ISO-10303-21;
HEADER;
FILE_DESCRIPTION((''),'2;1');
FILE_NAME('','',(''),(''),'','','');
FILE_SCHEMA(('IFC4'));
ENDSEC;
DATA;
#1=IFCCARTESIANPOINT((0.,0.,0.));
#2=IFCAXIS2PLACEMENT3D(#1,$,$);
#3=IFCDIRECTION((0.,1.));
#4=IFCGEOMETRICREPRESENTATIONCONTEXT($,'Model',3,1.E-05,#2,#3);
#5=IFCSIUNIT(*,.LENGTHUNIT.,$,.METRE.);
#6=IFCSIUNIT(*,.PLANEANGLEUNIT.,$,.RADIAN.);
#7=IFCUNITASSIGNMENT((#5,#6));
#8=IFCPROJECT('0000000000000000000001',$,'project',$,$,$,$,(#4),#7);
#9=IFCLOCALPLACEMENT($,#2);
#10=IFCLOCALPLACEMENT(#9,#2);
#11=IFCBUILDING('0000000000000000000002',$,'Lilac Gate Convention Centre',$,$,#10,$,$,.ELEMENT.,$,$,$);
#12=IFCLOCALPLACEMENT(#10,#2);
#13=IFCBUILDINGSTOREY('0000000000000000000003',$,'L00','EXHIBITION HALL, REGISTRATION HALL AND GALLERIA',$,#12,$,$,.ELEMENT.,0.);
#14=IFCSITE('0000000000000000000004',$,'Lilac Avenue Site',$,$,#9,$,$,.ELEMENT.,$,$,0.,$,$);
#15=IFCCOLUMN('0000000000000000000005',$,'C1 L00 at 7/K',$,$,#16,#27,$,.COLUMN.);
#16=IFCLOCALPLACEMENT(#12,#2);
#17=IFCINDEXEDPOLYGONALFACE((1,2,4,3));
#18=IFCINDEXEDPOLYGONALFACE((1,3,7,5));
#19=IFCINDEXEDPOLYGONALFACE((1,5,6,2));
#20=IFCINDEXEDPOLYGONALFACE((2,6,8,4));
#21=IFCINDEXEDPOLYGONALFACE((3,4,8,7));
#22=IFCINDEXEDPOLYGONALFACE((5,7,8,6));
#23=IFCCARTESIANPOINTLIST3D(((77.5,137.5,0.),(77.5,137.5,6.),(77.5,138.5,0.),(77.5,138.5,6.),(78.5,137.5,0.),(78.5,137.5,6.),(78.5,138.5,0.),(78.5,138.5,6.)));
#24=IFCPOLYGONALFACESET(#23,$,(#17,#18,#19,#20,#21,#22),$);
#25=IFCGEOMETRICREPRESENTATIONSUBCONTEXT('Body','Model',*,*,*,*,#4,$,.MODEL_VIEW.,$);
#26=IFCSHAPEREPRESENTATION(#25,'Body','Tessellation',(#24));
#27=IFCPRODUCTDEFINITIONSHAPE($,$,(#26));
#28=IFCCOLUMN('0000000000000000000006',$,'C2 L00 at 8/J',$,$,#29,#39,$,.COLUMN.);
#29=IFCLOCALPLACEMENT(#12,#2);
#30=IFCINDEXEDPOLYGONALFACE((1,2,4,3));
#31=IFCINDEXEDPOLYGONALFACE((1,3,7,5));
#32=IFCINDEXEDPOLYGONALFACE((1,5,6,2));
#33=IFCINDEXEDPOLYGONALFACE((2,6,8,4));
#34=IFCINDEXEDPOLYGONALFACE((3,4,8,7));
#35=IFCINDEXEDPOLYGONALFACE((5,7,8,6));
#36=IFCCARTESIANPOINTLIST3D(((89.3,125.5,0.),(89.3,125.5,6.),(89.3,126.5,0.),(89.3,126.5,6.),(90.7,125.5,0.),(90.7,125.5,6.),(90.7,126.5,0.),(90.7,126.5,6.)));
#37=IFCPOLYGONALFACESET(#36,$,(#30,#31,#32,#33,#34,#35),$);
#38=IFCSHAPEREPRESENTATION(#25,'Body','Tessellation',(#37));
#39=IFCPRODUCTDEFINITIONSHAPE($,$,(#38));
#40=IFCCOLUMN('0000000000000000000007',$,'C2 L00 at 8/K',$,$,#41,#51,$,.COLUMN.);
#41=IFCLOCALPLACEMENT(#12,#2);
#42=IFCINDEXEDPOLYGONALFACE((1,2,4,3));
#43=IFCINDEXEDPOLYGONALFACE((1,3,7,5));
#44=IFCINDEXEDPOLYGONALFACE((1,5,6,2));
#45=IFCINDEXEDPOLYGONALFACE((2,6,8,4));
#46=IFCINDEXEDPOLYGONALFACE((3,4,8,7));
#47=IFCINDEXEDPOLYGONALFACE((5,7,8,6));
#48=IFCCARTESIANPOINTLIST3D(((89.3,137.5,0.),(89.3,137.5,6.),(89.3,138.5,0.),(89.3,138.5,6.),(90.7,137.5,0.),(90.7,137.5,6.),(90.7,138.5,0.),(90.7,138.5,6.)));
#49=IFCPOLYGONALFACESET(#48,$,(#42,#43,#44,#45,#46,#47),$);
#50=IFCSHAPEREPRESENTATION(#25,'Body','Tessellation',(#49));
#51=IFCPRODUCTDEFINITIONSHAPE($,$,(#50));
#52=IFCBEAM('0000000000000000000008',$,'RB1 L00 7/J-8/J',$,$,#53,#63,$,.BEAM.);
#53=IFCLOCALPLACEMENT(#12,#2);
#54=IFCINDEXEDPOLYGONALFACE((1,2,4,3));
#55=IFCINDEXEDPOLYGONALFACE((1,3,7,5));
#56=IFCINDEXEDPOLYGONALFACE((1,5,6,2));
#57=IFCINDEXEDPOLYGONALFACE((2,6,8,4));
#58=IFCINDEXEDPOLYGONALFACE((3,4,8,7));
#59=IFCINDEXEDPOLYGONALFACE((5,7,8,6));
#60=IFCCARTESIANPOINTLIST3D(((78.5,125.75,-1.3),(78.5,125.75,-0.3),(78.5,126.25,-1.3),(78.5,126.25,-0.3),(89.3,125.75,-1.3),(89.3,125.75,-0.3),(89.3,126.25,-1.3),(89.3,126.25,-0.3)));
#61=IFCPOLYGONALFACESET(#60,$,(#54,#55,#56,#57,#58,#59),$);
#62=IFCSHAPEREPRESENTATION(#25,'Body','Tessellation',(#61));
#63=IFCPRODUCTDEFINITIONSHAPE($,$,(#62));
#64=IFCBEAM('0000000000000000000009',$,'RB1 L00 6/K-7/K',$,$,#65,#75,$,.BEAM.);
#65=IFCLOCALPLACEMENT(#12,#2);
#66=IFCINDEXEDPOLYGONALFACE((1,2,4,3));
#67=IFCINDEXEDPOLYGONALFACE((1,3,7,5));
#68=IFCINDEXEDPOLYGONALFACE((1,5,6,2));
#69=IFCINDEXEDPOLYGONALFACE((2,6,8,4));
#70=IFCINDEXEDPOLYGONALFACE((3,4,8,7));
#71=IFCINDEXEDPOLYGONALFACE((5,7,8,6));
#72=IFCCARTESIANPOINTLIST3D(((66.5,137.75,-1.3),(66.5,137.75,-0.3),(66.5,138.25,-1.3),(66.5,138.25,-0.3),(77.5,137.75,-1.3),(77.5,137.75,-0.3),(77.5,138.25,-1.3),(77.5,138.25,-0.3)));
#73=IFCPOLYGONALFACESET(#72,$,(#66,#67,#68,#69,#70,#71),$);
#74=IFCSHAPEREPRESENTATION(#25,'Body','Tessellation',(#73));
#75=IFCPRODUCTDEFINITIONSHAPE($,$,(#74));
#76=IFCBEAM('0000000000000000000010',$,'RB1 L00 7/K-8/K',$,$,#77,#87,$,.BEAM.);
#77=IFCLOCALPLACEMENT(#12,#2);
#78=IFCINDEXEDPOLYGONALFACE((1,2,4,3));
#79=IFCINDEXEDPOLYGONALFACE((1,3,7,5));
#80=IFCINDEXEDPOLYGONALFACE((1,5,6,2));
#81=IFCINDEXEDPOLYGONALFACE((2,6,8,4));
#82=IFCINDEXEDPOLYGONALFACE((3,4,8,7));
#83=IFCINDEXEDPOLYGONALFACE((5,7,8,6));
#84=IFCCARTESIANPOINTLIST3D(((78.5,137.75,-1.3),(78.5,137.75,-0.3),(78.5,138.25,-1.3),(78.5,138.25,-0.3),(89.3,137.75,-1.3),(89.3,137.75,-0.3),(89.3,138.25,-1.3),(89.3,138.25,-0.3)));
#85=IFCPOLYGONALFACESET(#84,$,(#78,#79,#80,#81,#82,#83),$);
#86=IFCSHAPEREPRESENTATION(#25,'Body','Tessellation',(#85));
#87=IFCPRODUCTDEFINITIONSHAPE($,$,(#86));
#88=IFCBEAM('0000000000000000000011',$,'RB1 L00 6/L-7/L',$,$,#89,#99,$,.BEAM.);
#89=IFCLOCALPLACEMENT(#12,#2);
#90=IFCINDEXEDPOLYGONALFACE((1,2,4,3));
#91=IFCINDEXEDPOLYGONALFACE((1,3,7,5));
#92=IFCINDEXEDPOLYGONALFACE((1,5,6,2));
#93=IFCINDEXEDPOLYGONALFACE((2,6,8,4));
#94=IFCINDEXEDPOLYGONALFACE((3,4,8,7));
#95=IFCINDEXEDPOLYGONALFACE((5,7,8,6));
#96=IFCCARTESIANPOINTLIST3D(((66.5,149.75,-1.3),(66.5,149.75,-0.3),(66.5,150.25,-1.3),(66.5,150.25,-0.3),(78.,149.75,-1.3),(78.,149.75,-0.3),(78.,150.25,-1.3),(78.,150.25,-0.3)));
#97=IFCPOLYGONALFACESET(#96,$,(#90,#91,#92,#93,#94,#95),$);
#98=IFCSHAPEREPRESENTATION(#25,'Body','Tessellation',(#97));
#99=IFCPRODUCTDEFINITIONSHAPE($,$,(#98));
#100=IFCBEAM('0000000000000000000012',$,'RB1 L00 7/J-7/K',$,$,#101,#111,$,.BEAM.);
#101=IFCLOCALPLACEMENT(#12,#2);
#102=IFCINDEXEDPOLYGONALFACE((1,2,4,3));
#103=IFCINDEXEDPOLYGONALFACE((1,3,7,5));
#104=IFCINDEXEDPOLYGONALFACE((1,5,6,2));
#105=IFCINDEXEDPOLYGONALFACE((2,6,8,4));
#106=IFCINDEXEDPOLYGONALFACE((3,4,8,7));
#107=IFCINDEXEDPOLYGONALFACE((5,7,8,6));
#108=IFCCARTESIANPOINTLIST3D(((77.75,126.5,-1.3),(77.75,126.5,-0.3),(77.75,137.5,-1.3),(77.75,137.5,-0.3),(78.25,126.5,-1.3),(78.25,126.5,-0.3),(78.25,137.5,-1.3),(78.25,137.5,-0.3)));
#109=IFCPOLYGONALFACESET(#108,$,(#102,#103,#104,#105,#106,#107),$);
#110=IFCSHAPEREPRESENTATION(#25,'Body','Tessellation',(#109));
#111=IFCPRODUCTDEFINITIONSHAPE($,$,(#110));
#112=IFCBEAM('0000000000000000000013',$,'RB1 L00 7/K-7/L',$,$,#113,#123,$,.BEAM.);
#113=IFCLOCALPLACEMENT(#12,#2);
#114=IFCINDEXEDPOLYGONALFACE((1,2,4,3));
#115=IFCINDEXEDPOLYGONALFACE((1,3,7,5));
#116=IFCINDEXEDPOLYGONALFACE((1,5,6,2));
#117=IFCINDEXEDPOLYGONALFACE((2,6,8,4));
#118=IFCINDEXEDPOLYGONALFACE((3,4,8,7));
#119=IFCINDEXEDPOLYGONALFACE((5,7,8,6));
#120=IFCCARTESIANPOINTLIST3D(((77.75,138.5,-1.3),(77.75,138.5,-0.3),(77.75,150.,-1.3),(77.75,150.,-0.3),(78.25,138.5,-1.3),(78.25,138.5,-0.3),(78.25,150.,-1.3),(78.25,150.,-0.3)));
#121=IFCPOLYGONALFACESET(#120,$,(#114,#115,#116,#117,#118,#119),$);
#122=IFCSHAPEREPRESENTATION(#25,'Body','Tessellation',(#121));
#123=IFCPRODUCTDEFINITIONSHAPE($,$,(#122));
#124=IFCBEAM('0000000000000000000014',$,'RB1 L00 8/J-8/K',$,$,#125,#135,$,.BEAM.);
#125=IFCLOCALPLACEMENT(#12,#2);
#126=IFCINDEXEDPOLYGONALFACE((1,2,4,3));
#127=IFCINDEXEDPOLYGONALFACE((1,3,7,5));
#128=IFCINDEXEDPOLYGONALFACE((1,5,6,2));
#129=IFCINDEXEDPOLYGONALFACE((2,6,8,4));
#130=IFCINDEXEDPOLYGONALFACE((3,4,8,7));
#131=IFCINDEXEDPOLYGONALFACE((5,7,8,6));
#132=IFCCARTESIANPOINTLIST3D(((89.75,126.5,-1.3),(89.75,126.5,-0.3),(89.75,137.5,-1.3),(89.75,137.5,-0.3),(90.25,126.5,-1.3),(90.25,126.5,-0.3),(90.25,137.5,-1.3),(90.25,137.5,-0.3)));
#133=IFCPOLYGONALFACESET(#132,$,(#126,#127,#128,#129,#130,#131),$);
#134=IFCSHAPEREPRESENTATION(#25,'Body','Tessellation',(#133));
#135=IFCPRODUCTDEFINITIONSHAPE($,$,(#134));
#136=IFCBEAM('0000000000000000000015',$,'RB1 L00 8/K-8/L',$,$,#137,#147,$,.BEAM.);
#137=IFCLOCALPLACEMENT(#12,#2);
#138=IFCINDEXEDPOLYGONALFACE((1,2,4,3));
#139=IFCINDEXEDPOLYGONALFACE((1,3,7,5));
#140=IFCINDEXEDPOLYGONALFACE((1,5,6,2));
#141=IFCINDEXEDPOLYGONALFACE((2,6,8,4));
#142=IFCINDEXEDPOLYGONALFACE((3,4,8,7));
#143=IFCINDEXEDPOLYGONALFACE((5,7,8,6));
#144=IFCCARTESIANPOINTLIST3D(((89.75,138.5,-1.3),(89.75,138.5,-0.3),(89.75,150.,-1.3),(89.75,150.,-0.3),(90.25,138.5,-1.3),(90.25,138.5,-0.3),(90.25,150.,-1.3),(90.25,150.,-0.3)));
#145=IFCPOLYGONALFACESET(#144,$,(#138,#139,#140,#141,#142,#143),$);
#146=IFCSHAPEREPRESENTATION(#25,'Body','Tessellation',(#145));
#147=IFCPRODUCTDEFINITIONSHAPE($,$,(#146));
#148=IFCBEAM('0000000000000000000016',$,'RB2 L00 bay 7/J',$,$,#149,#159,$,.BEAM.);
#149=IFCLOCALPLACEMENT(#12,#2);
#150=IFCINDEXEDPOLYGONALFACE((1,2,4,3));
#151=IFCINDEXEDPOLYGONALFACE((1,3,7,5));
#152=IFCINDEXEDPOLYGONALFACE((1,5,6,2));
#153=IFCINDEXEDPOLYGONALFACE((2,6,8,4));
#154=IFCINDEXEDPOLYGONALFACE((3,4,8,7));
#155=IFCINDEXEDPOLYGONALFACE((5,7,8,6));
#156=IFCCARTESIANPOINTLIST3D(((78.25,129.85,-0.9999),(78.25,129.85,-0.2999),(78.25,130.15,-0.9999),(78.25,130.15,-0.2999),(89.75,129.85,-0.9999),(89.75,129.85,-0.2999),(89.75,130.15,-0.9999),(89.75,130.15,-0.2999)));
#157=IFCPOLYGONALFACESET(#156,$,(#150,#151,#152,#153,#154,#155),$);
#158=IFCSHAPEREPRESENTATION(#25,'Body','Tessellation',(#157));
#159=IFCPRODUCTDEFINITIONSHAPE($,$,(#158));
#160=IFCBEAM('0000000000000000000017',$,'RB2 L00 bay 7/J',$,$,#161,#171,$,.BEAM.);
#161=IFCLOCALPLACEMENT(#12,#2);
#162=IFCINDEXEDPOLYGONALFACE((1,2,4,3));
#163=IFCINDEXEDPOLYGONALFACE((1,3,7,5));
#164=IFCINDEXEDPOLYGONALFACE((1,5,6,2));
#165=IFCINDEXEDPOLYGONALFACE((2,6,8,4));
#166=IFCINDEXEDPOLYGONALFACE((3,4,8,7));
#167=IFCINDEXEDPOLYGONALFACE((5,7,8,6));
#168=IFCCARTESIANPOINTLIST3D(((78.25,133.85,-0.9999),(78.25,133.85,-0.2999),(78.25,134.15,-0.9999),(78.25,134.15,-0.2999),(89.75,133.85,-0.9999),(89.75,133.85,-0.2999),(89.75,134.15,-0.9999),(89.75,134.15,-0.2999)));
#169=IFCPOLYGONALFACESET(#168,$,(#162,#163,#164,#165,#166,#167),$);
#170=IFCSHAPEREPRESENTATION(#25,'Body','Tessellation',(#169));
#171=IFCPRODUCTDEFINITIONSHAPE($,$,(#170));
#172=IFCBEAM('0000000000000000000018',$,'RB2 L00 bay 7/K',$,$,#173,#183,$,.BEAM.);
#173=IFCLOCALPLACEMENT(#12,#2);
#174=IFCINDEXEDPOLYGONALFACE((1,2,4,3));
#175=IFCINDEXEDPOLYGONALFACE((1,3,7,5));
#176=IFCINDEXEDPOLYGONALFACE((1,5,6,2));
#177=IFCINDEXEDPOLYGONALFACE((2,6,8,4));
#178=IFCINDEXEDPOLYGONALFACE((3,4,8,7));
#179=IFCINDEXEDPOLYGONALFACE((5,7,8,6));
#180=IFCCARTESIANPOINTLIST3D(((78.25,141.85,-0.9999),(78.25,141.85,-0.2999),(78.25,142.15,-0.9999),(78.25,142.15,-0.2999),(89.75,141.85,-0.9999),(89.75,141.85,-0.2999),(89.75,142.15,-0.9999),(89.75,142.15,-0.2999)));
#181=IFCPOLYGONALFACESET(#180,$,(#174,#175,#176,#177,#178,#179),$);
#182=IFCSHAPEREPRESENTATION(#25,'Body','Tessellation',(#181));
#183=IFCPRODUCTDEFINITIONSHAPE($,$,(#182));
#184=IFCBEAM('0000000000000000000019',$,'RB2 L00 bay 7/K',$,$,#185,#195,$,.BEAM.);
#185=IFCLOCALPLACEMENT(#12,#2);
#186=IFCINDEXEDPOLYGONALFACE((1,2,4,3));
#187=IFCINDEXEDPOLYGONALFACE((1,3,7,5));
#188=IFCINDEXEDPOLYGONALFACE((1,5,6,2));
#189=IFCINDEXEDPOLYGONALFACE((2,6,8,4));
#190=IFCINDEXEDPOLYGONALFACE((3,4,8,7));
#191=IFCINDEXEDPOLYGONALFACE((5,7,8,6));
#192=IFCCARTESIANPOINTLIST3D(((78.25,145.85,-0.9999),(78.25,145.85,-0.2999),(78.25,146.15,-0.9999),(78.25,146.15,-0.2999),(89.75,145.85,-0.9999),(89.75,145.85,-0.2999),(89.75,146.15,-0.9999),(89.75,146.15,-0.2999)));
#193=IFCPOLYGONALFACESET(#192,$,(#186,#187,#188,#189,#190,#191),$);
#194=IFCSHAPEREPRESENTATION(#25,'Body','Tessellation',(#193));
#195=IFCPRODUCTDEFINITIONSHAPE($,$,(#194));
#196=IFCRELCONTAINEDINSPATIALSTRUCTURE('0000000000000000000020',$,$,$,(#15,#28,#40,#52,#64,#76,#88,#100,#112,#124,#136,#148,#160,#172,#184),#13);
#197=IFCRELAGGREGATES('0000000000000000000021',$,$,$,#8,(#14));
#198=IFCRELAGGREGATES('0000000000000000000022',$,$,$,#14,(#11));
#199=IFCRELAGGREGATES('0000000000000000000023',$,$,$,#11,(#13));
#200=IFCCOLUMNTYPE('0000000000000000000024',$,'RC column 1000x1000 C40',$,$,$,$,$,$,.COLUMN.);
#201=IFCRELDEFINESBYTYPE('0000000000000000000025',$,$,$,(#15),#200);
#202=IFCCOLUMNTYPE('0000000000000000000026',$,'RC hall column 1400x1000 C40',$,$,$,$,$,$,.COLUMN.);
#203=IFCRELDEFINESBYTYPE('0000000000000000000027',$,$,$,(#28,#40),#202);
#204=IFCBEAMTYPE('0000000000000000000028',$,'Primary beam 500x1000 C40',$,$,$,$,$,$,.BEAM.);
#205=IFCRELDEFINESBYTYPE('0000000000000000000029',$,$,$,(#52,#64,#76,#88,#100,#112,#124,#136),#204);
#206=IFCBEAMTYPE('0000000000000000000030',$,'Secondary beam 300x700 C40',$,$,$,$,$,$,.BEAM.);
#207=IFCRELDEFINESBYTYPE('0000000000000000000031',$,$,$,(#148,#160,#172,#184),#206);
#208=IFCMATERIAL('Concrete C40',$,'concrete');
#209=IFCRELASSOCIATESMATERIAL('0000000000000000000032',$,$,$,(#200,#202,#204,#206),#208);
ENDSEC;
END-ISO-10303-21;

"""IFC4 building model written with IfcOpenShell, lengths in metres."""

from ifc_helpers import new_model, si_unit, direction, frame, origin, origin_2d, place, context, subcontext, project, spatial, rectangle, extrude, material, material_profile, profile_set, type_object, element, save


model = new_model("IFC4")

# Units and contexts
model_context = context("Model", 3, precision=1e-05, world=origin(), true_north=direction((0.0, 1.0)))
body_context = subcontext(model_context, "Body", "Model", "MODEL_VIEW")
ifc_project = project(units=[si_unit("LENGTHUNIT", "METRE"), si_unit("PLANEANGLEUNIT", "RADIAN")], contexts=[model_context])

# Site, building, storey
site_placement = place(None, origin())
site = spatial("IfcSite", under=ifc_project, at=site_placement, Name="Lilac Avenue Site", CompositionType="ELEMENT", RefElevation=0.0)
building_placement = place(site_placement, origin())
building = spatial("IfcBuilding", under=site, at=building_placement, Name="Lilac Gate Convention Centre", CompositionType="ELEMENT")
storey_placement = place(building_placement, origin())
storey = spatial("IfcBuildingStorey", under=building, at=storey_placement, Name="L00", Description="EXHIBITION HALL, REGISTRATION HALL AND GALLERIA", CompositionType="ELEMENT", Elevation=0.0)

# Columns
ifc_material_1 = material(Name="Concrete C40", Category="concrete")
ifc_material_profile_1 = material_profile(ifc_material_1, rectangle(XDim=1.0, YDim=1.0, at=origin_2d()), Name="RC 1000x1000")
ifc_profile_set_1 = profile_set([ifc_material_profile_1], Name="Concrete C40")
column_type_1 = type_object("IfcColumnType", Name="RC column 1000x1000 C40", PredefinedType="COLUMN", material=ifc_profile_set_1)
column_placement = place(storey_placement, frame((78.0, 138.0, 0.0), z_axis=(0.0, 0.0, 1.0), x_axis=(1.0, 0.0, 0.0)))
element("IfcColumn", 1, at=column_placement, inside=storey, type_object=column_type_1, Name="C1 L00 at 7/K", PredefinedType="COLUMN", context=body_context, shape_type="SweptSolid", body=[
    extrude(rectangle(XDim=1.0, YDim=1.0, at=origin_2d()), origin(), (0.0, 0.0, 1.0), 6.0),
])
ifc_material_profile_2 = material_profile(ifc_material_1, rectangle(XDim=1.3999, YDim=1.0, at=origin_2d()), Name="RC 1400x1000")
ifc_profile_set_2 = profile_set([ifc_material_profile_2], Name="Concrete C40")
column_type_2 = type_object("IfcColumnType", Name="RC hall column 1400x1000 C40", PredefinedType="COLUMN", material=ifc_profile_set_2)
for number, where, z_axis, x_axis, name in (
    (2, (90.0, 126.0, 0.0), (0.0, 0.0, 1.0), (1.0, 0.0, 0.0), "C2 L00 at 8/J"),
    (3, (90.0, 138.0, 0.0), (0.0, 0.0, 1.0), (1.0, 0.0, 0.0), "C2 L00 at 8/K"),
):
    element("IfcColumn", number, at=place(storey_placement, frame(where, z_axis=z_axis, x_axis=x_axis)), inside=storey, type_object=column_type_2, Name=name, PredefinedType="COLUMN", context=body_context, shape_type="SweptSolid", body=[
        extrude(rectangle(XDim=1.3999, YDim=1.0, at=origin_2d()), origin(), (0.0, 0.0, 1.0), 6.0),
    ])

# Beams
ifc_material_profile_3 = material_profile(ifc_material_1, rectangle(XDim=0.5, YDim=1.0, at=origin_2d()), Name="RC 500x1000")
ifc_profile_set_3 = profile_set([ifc_material_profile_3], Name="Concrete C40")
beam_type_1 = type_object("IfcBeamType", Name="Primary beam 500x1000 C40", PredefinedType="BEAM", material=ifc_profile_set_3)
beam_1_placement = place(storey_placement, frame((78.5, 126.0, -0.8), z_axis=(1.0, 0.0, 0.0), x_axis=(0.0, 1.0, 0.0)))
element("IfcBeam", 4, at=beam_1_placement, inside=storey, type_object=beam_type_1, Name="RB1 L00 7/J-8/J", PredefinedType="BEAM", context=body_context, shape_type="SweptSolid", body=[
    extrude(rectangle(XDim=0.5, YDim=1.0, at=origin_2d()), origin(), (0.0, 0.0, 1.0), 10.8),
])
beam_2_placement = place(storey_placement, frame((66.5, 138.0, -0.8), z_axis=(1.0, 0.0, 0.0), x_axis=(0.0, 1.0, 0.0)))
element("IfcBeam", 5, at=beam_2_placement, inside=storey, type_object=beam_type_1, Name="RB1 L00 6/K-7/K", PredefinedType="BEAM", context=body_context, shape_type="SweptSolid", body=[
    extrude(rectangle(XDim=0.5, YDim=1.0, at=origin_2d()), origin(), (0.0, 0.0, 1.0), 11.0),
])
beam_3_placement = place(storey_placement, frame((78.5, 138.0, -0.8), z_axis=(1.0, 0.0, 0.0), x_axis=(0.0, 1.0, 0.0)))
element("IfcBeam", 6, at=beam_3_placement, inside=storey, type_object=beam_type_1, Name="RB1 L00 7/K-8/K", PredefinedType="BEAM", context=body_context, shape_type="SweptSolid", body=[
    extrude(rectangle(XDim=0.5, YDim=1.0, at=origin_2d()), origin(), (0.0, 0.0, 1.0), 10.8),
])
beam_4_placement = place(storey_placement, frame((66.5, 150.0, -0.8), z_axis=(1.0, 0.0, 0.0), x_axis=(0.0, 1.0, 0.0)))
element("IfcBeam", 7, at=beam_4_placement, inside=storey, type_object=beam_type_1, Name="RB1 L00 6/L-7/L", PredefinedType="BEAM", context=body_context, shape_type="SweptSolid", body=[
    extrude(rectangle(XDim=0.5, YDim=1.0, at=origin_2d()), origin(), (0.0, 0.0, 1.0), 11.5),
])
beam_5_placement = place(storey_placement, frame((78.0, 126.5, -0.8), z_axis=(0.0, 1.0, 0.0), x_axis=(-1.0, 0.0, 0.0)))
element("IfcBeam", 8, at=beam_5_placement, inside=storey, type_object=beam_type_1, Name="RB1 L00 7/J-7/K", PredefinedType="BEAM", context=body_context, shape_type="SweptSolid", body=[
    extrude(rectangle(XDim=0.5, YDim=1.0, at=origin_2d()), origin(), (0.0, 0.0, 1.0), 11.0),
])
beam_6_placement = place(storey_placement, frame((78.0, 138.5, -0.8), z_axis=(0.0, 1.0, 0.0), x_axis=(-1.0, 0.0, 0.0)))
element("IfcBeam", 9, at=beam_6_placement, inside=storey, type_object=beam_type_1, Name="RB1 L00 7/K-7/L", PredefinedType="BEAM", context=body_context, shape_type="SweptSolid", body=[
    extrude(rectangle(XDim=0.5, YDim=1.0, at=origin_2d()), origin(), (0.0, 0.0, 1.0), 11.5),
])
beam_7_placement = place(storey_placement, frame((90.0, 126.5, -0.8), z_axis=(0.0, 1.0, 0.0), x_axis=(-1.0, 0.0, 0.0)))
element("IfcBeam", 10, at=beam_7_placement, inside=storey, type_object=beam_type_1, Name="RB1 L00 8/J-8/K", PredefinedType="BEAM", context=body_context, shape_type="SweptSolid", body=[
    extrude(rectangle(XDim=0.5, YDim=1.0, at=origin_2d()), origin(), (0.0, 0.0, 1.0), 11.0),
])
beam_8_placement = place(storey_placement, frame((90.0, 138.5, -0.8), z_axis=(0.0, 1.0, 0.0), x_axis=(-1.0, 0.0, 0.0)))
element("IfcBeam", 11, at=beam_8_placement, inside=storey, type_object=beam_type_1, Name="RB1 L00 8/K-8/L", PredefinedType="BEAM", context=body_context, shape_type="SweptSolid", body=[
    extrude(rectangle(XDim=0.5, YDim=1.0, at=origin_2d()), origin(), (0.0, 0.0, 1.0), 11.5),
])
ifc_material_profile_4 = material_profile(ifc_material_1, rectangle(XDim=0.3, YDim=0.7, at=origin_2d()), Name="RC 300x700")
ifc_profile_set_4 = profile_set([ifc_material_profile_4], Name="Concrete C40")
beam_type_2 = type_object("IfcBeamType", Name="Secondary beam 300x700 C40", PredefinedType="BEAM", material=ifc_profile_set_4)
for number, where, z_axis, x_axis, name in (
    (12, (78.25, 130.0, -0.6499), (1.0, 0.0, 0.0), (0.0, 1.0, 0.0), "RB2 L00 bay 7/J"),
    (13, (78.25, 134.0, -0.6499), (1.0, 0.0, 0.0), (0.0, 1.0, 0.0), "RB2 L00 bay 7/J"),
    (14, (78.25, 142.0, -0.6499), (1.0, 0.0, 0.0), (0.0, 1.0, 0.0), "RB2 L00 bay 7/K"),
    (15, (78.25, 146.0, -0.6499), (1.0, 0.0, 0.0), (0.0, 1.0, 0.0), "RB2 L00 bay 7/K"),
):
    element("IfcBeam", number, at=place(storey_placement, frame(where, z_axis=z_axis, x_axis=x_axis)), inside=storey, type_object=beam_type_2, Name=name, PredefinedType="BEAM", context=body_context, shape_type="SweptSolid", body=[
        extrude(rectangle(XDim=0.3, YDim=0.7, at=origin_2d()), origin(), (0.0, 0.0, 1.0), 11.5),
    ])

save(model, "model.ifc")
